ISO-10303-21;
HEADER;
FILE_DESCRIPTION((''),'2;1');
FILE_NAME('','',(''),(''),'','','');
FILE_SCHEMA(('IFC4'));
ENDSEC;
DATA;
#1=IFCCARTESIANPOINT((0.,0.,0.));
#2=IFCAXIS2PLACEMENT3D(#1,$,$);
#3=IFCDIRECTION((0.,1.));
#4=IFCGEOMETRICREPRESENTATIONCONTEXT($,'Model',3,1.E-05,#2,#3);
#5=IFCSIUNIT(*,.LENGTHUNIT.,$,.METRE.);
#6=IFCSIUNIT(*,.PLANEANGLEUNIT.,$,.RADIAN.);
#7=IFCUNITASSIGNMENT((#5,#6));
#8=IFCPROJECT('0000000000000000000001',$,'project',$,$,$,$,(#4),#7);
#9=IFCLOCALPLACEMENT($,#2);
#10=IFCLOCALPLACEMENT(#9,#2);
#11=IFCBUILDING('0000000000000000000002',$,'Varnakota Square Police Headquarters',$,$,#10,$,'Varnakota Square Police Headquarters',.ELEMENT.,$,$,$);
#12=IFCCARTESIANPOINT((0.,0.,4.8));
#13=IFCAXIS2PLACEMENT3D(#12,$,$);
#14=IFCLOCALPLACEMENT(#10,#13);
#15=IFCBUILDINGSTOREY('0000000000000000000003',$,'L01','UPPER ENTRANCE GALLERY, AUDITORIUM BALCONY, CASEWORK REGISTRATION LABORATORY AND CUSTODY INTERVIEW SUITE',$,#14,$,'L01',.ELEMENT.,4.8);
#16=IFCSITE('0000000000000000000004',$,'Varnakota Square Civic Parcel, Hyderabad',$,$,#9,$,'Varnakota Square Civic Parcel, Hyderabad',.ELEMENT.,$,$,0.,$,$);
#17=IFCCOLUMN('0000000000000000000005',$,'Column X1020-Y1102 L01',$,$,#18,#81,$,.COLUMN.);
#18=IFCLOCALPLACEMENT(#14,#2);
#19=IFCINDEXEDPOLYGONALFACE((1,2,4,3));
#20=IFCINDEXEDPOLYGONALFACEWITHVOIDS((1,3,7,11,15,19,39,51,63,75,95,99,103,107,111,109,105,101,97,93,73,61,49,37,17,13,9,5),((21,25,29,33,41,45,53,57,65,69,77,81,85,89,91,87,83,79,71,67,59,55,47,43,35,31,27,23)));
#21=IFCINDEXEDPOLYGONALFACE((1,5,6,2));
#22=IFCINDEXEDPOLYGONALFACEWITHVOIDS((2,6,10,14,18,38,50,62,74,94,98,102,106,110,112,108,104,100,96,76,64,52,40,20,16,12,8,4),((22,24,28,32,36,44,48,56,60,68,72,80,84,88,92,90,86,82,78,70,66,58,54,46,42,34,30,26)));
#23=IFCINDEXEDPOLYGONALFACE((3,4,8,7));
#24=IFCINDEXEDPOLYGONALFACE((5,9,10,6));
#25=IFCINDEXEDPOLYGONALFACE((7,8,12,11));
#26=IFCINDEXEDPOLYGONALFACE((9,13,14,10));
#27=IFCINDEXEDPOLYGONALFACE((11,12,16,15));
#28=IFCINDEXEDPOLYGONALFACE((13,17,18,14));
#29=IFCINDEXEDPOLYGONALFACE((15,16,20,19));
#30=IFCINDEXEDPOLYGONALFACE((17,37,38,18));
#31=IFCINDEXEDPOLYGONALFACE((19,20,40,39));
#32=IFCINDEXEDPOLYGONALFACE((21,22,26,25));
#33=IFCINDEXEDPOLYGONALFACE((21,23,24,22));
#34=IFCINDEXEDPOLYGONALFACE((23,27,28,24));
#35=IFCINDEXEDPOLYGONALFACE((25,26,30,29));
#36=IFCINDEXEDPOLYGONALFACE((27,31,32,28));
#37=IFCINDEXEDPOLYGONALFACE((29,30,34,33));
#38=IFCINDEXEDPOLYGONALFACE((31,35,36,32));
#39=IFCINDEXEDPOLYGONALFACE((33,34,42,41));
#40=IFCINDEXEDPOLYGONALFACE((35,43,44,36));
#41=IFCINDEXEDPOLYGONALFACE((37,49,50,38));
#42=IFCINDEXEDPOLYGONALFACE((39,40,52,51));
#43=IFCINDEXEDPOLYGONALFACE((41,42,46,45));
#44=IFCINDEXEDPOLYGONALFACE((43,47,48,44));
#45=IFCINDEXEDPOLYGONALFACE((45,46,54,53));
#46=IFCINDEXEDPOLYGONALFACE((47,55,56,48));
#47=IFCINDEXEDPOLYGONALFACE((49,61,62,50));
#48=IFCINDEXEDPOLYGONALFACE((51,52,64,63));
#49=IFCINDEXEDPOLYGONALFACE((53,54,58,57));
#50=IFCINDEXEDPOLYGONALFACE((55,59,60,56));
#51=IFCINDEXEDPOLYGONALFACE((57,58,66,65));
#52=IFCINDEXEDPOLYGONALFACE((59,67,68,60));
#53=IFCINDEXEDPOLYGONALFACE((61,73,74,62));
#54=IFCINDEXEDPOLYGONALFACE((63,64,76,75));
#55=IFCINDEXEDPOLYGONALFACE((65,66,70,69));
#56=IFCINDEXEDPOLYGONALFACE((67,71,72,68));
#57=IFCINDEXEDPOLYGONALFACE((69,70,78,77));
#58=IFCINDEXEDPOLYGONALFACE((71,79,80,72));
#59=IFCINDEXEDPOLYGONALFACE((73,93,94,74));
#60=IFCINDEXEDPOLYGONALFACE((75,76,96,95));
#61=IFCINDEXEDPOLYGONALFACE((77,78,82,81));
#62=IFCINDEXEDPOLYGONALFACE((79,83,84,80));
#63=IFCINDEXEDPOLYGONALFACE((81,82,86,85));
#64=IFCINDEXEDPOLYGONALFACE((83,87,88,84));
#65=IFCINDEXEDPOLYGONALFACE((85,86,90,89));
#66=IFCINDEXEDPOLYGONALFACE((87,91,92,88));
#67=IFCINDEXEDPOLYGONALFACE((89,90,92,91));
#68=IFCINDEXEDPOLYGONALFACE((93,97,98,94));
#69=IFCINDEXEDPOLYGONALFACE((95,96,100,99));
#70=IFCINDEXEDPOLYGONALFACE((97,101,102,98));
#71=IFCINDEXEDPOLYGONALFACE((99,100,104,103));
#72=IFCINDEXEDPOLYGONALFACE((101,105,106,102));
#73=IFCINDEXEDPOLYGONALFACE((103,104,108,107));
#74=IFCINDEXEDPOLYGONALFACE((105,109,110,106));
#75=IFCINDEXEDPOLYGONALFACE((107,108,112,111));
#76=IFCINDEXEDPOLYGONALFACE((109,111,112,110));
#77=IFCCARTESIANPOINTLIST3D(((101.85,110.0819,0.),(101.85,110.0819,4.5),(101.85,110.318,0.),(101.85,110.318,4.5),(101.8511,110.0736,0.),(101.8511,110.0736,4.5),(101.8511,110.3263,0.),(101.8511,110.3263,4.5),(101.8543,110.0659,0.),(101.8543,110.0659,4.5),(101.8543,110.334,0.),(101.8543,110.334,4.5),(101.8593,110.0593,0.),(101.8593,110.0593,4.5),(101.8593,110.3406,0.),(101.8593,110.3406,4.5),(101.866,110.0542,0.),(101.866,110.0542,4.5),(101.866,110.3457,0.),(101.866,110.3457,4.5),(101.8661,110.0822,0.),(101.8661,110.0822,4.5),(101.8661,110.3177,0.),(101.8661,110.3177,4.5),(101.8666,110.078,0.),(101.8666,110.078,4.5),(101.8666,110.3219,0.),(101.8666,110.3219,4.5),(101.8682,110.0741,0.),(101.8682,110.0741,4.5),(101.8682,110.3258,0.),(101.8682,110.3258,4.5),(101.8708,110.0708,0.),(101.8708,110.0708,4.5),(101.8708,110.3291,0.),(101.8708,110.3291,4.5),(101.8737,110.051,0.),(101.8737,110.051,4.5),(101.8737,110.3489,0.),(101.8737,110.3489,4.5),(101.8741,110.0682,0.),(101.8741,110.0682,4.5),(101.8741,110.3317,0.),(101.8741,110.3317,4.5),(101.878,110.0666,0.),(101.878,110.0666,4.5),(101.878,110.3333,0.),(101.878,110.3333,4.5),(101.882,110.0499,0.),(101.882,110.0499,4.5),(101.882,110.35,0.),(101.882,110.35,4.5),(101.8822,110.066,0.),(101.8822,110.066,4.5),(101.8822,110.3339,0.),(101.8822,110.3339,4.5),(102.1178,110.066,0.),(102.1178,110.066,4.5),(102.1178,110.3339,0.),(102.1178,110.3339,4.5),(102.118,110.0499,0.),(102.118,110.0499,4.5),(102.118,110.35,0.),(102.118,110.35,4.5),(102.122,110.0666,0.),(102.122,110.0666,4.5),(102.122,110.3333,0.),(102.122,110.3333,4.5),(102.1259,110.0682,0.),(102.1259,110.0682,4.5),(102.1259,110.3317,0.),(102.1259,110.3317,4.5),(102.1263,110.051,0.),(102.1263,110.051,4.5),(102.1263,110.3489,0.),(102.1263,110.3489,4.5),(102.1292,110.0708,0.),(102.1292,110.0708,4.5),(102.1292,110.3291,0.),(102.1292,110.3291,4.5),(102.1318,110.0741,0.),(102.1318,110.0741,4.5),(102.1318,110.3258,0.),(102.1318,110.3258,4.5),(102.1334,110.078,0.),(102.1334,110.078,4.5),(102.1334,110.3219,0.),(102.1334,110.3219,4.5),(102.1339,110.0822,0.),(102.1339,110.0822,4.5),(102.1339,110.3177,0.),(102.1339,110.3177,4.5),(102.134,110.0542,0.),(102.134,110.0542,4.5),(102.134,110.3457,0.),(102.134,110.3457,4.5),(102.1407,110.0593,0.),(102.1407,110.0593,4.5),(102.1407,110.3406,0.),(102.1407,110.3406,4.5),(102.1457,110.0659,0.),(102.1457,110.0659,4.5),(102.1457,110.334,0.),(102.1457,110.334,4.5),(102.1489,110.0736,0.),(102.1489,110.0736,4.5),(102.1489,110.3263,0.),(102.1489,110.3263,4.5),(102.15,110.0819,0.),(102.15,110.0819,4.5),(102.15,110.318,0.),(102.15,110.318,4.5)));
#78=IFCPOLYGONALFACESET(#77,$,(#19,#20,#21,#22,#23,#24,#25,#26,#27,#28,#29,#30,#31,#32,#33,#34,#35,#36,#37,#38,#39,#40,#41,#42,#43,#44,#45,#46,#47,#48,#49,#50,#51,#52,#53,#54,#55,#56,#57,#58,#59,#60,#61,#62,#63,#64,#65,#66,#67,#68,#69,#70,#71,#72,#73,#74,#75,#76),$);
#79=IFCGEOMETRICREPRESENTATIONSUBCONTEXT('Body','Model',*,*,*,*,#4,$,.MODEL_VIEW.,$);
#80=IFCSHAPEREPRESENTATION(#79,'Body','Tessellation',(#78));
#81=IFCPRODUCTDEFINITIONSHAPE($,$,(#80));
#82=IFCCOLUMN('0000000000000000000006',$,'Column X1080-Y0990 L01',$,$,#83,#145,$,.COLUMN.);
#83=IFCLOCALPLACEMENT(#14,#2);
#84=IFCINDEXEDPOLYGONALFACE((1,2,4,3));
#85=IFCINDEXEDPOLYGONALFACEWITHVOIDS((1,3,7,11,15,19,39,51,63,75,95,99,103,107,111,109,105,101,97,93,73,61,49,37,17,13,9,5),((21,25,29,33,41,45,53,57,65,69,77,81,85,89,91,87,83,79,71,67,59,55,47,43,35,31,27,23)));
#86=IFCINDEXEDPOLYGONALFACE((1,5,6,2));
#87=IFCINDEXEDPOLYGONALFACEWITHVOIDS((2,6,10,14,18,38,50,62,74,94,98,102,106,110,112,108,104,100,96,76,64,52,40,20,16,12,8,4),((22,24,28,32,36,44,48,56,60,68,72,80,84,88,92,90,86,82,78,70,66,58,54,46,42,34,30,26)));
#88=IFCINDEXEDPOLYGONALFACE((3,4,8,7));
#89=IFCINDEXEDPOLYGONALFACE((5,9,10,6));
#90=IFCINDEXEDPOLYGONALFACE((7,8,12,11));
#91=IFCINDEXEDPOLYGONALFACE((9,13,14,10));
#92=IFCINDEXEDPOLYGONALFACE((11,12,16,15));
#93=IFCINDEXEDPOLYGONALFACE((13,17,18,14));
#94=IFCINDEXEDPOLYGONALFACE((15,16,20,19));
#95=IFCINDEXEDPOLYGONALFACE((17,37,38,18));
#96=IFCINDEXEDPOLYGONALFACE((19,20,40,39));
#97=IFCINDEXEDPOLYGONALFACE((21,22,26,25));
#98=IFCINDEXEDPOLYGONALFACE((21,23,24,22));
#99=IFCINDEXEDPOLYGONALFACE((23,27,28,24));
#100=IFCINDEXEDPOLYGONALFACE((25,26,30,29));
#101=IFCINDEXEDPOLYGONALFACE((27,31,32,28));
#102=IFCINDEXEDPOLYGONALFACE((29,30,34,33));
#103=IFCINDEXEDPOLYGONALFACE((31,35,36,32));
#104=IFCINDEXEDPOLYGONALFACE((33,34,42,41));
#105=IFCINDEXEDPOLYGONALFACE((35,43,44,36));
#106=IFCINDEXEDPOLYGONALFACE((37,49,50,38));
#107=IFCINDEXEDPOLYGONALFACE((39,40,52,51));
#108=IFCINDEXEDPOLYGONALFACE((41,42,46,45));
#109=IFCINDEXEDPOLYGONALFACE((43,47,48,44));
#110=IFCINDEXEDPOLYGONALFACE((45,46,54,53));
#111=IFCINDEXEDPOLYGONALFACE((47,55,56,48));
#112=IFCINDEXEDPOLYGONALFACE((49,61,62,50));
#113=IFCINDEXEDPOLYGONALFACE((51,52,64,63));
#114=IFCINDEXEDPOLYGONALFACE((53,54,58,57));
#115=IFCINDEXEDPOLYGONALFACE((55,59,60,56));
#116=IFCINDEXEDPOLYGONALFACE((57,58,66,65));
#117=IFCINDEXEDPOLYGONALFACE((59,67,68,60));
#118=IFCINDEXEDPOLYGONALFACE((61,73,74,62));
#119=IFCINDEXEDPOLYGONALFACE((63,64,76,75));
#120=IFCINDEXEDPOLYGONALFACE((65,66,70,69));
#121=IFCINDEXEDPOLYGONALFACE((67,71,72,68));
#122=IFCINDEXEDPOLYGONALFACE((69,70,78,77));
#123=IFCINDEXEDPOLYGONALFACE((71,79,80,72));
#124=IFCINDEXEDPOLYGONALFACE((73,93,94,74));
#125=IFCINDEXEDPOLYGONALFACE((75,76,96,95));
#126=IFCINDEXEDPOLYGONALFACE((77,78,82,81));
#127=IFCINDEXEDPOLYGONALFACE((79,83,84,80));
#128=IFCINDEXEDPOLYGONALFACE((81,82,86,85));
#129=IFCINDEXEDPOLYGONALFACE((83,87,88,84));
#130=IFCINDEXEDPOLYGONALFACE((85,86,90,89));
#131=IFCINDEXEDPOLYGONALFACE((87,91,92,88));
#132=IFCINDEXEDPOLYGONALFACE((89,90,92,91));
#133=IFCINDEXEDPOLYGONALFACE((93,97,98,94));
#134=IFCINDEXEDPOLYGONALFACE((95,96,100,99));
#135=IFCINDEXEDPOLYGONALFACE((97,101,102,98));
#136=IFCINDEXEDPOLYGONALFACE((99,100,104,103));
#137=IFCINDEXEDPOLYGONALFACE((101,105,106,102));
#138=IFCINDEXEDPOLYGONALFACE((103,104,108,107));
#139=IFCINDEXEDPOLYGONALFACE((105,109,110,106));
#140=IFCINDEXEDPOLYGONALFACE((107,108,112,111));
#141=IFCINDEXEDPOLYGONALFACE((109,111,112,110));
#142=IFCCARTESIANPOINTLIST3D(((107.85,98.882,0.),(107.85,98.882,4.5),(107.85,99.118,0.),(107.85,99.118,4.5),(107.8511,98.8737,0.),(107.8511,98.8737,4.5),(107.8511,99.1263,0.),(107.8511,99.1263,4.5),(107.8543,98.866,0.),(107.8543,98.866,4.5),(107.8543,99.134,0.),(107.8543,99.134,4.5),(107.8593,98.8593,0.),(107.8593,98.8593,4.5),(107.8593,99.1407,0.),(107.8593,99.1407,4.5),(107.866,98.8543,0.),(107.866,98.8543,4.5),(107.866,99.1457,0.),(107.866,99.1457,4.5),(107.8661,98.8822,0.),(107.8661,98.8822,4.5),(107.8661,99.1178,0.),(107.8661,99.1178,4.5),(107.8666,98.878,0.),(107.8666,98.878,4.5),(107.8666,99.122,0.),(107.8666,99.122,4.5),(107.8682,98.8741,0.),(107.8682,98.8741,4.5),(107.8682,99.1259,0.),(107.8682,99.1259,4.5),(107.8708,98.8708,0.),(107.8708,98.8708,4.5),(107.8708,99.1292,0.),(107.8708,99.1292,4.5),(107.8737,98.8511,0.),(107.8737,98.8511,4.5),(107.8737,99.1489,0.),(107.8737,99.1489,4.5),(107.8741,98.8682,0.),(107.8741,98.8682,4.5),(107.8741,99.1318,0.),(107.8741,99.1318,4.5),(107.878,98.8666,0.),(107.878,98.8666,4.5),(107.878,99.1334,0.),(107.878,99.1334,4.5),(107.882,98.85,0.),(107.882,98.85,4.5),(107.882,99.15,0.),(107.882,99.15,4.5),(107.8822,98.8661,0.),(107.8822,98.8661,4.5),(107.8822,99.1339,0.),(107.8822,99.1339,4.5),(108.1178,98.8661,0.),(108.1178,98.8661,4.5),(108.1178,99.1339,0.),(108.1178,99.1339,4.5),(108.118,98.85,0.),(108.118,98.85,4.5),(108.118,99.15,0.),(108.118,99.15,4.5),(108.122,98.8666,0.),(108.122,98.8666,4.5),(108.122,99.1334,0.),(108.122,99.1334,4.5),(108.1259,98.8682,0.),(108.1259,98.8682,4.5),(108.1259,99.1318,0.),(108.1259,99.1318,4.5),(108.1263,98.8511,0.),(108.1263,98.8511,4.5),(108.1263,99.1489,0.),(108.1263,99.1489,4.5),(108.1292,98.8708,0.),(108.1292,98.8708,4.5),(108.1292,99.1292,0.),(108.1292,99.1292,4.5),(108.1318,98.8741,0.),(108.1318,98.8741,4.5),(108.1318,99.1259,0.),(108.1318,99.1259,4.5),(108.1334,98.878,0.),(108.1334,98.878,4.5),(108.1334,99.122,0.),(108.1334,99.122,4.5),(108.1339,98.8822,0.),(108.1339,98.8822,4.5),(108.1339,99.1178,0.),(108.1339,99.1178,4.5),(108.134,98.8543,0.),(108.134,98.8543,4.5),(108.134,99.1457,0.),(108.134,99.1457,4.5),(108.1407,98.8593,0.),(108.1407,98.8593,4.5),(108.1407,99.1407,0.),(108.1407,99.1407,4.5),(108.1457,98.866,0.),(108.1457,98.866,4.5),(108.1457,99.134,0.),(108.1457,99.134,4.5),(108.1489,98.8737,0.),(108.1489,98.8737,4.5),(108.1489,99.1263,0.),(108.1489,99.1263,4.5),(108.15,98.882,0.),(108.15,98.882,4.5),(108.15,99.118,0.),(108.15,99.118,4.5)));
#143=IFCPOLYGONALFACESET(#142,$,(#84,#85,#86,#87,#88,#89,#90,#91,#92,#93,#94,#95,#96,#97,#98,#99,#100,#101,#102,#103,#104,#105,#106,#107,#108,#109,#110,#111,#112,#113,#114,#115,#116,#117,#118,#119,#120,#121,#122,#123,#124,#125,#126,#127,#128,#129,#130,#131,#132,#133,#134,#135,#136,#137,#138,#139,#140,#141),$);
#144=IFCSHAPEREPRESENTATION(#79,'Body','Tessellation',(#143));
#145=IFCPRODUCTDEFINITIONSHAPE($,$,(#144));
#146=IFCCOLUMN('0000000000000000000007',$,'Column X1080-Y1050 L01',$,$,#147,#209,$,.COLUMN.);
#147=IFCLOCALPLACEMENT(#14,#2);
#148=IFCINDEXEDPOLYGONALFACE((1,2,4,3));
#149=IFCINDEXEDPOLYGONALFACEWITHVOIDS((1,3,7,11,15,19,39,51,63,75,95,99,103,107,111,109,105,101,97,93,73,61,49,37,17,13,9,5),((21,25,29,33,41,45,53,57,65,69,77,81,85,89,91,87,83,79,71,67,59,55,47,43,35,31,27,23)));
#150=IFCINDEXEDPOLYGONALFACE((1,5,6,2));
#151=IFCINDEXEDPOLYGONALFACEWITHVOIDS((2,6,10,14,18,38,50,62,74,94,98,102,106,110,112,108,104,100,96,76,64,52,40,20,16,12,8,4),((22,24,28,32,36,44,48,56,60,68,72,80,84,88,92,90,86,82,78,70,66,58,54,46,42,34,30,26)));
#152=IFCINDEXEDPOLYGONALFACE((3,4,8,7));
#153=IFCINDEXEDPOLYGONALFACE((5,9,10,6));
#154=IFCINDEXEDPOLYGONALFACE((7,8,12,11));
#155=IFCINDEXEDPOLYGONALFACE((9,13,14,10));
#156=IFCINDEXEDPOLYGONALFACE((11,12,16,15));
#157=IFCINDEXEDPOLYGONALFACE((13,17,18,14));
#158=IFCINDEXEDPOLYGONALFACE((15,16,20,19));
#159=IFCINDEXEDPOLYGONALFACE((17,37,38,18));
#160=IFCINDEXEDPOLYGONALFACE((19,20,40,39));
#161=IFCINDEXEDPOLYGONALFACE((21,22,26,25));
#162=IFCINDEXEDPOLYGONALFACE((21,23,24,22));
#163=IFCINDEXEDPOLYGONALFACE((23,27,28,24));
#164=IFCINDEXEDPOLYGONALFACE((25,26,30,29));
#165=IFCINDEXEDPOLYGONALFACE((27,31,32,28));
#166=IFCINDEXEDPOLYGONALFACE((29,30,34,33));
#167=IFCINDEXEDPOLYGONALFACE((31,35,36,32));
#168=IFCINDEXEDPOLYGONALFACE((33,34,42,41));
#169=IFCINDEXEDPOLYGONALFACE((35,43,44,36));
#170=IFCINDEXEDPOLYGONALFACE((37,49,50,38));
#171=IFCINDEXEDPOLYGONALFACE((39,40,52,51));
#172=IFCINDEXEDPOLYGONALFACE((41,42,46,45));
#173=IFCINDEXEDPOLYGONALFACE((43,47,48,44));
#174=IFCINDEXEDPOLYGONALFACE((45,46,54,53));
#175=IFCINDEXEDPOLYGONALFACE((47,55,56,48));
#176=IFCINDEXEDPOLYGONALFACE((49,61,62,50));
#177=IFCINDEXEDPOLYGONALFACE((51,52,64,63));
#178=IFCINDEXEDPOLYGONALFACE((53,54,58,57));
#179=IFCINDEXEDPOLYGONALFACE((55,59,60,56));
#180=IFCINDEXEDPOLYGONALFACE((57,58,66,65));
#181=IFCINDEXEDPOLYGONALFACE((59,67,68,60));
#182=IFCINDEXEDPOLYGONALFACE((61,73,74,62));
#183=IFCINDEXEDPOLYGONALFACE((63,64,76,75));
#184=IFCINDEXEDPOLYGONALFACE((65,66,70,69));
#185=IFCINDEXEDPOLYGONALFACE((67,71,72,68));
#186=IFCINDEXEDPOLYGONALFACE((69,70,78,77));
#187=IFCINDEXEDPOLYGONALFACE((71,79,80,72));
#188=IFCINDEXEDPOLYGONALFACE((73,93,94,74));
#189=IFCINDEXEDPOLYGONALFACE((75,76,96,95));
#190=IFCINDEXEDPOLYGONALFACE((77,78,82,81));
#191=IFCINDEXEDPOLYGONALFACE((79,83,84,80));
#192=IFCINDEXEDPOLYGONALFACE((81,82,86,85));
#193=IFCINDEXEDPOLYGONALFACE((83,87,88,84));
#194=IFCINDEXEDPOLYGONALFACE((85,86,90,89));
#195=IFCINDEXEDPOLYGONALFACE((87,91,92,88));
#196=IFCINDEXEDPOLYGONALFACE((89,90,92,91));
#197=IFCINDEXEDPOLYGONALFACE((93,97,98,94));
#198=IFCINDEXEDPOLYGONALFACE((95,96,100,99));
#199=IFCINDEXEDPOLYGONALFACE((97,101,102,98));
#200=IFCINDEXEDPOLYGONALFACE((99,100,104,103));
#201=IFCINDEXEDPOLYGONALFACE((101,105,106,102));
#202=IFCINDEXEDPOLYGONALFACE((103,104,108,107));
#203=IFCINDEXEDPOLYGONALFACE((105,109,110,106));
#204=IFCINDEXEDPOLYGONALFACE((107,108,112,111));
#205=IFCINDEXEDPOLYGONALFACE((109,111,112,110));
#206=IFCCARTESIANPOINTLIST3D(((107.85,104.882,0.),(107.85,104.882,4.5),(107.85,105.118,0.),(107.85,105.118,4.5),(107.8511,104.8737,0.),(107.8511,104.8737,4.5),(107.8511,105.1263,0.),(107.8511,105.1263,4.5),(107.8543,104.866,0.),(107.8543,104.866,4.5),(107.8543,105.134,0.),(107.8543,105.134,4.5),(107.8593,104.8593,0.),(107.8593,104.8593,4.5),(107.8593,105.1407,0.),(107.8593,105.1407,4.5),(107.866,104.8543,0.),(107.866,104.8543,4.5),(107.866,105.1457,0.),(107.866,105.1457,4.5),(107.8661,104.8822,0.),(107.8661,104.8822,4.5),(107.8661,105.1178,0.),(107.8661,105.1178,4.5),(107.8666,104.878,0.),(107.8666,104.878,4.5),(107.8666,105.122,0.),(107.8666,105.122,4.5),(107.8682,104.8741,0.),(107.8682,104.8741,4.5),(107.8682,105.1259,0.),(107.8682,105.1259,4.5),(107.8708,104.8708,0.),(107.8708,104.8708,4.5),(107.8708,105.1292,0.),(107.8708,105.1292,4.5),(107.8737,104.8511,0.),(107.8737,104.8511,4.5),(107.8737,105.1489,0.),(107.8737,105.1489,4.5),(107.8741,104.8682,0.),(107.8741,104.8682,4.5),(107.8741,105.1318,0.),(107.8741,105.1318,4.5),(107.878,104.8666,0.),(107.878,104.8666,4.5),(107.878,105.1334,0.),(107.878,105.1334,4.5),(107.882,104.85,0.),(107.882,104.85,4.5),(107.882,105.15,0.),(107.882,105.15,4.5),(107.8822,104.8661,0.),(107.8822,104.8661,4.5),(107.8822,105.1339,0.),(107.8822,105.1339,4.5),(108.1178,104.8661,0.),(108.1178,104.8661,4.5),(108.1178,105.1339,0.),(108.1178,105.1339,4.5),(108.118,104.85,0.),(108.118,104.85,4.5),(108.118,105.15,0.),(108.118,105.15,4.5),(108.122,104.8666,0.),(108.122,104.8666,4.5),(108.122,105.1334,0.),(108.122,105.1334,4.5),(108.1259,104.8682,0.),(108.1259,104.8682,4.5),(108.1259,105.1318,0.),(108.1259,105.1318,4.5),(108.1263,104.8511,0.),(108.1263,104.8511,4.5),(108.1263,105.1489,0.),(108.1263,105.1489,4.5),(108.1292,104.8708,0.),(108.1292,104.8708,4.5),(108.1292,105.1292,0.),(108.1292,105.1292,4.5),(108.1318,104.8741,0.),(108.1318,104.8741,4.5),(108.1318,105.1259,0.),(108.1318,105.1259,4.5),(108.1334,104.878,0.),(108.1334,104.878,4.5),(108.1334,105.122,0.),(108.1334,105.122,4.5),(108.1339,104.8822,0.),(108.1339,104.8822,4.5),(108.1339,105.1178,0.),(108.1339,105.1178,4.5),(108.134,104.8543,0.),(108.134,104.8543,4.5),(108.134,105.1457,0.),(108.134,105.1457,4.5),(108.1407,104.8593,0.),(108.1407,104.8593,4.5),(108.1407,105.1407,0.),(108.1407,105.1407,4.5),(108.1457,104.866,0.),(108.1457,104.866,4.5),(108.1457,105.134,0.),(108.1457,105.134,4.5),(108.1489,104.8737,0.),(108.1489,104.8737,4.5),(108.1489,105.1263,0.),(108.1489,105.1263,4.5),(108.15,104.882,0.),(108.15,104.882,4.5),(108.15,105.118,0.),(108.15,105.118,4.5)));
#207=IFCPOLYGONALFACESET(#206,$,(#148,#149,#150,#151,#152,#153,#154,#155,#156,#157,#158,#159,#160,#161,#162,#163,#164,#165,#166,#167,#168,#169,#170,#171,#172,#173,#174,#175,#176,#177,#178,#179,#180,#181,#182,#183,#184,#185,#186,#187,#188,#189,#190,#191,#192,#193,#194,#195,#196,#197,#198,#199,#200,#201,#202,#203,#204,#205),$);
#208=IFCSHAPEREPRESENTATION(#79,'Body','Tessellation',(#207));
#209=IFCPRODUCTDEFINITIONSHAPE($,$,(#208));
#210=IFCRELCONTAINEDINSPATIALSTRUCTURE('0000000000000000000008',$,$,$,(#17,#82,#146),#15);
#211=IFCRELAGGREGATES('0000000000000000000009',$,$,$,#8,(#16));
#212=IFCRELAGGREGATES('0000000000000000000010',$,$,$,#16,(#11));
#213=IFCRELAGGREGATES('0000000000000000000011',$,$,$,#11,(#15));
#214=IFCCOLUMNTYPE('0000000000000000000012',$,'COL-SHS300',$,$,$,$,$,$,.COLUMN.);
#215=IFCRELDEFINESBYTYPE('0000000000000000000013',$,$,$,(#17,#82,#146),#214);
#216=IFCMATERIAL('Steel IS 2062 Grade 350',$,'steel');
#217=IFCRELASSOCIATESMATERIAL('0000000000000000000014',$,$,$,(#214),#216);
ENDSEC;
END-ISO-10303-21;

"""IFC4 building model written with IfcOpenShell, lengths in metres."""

from ifc_helpers import new_model, si_unit, direction, frame, origin, origin_2d, place, context, subcontext, project, spatial, hollow_rectangle, extrude, material, material_profile, profile_set, type_object, element, save


model = new_model("IFC4")

# Units and contexts
model_context = context("Model", 3, precision=1e-05, world=origin(), true_north=direction((0.0, 1.0)))
body_context = subcontext(model_context, "Body", "Model", "MODEL_VIEW")
ifc_project = project(units=[si_unit("LENGTHUNIT", "METRE"), si_unit("PLANEANGLEUNIT", "RADIAN")], contexts=[model_context])

# Site, building, storey
site_placement = place(None, origin())
site = spatial("IfcSite", under=ifc_project, at=site_placement, Name="Varnakota Square Civic Parcel, Hyderabad", LongName="Varnakota Square Civic Parcel, Hyderabad", CompositionType="ELEMENT", RefElevation=0.0)
building_placement = place(site_placement, origin())
building = spatial("IfcBuilding", under=site, at=building_placement, Name="Varnakota Square Police Headquarters", LongName="Varnakota Square Police Headquarters", CompositionType="ELEMENT")
storey_placement = place(building_placement, frame((0.0, 0.0, 4.8)))
storey = spatial("IfcBuildingStorey", under=building, at=storey_placement, Name="L01", Description="UPPER ENTRANCE GALLERY, AUDITORIUM BALCONY, CASEWORK REGISTRATION LABORATORY AND CUSTODY INTERVIEW SUITE", LongName="L01", CompositionType="ELEMENT", Elevation=4.8)

# Columns
ifc_material_1 = material(Name="Steel IS 2062 Grade 350", Category="steel")
ifc_material_profile_1 = material_profile(ifc_material_1, hollow_rectangle(XDim=0.3, YDim=0.3, WallThickness=0.0161, InnerFilletRadius=0.0161, OuterFilletRadius=0.032, at=origin_2d()), Name="SHS 300x300x16")
ifc_profile_set_1 = profile_set([ifc_material_profile_1], Name="Steel IS 2062 Grade 350")
column_type_1 = type_object("IfcColumnType", Name="COL-SHS300", PredefinedType="COLUMN", material=ifc_profile_set_1)
for number, where, z_axis, x_axis, name in (
    (1, (102.0, 110.2, 0.0), (0.0, 0.0, 1.0), (1.0, 0.0, 0.0), "Column X1020-Y1102 L01"),
    (2, (108.0, 99.0, 0.0), (0.0, 0.0, 1.0), (1.0, 0.0, 0.0), "Column X1080-Y0990 L01"),
    (3, (108.0, 105.0, 0.0), (0.0, 0.0, 1.0), (1.0, 0.0, 0.0), "Column X1080-Y1050 L01"),
):
    element("IfcColumn", number, at=place(storey_placement, frame(where, z_axis=z_axis, x_axis=x_axis)), inside=storey, type_object=column_type_1, Name=name, PredefinedType="COLUMN", context=body_context, shape_type="SweptSolid", body=[
        extrude(hollow_rectangle(XDim=0.3, YDim=0.3, WallThickness=0.0161, InnerFilletRadius=0.0161, OuterFilletRadius=0.032, at=origin_2d()), origin(), (0.0, 0.0, 1.0), 4.5),
    ])

save(model, "model.ifc")
